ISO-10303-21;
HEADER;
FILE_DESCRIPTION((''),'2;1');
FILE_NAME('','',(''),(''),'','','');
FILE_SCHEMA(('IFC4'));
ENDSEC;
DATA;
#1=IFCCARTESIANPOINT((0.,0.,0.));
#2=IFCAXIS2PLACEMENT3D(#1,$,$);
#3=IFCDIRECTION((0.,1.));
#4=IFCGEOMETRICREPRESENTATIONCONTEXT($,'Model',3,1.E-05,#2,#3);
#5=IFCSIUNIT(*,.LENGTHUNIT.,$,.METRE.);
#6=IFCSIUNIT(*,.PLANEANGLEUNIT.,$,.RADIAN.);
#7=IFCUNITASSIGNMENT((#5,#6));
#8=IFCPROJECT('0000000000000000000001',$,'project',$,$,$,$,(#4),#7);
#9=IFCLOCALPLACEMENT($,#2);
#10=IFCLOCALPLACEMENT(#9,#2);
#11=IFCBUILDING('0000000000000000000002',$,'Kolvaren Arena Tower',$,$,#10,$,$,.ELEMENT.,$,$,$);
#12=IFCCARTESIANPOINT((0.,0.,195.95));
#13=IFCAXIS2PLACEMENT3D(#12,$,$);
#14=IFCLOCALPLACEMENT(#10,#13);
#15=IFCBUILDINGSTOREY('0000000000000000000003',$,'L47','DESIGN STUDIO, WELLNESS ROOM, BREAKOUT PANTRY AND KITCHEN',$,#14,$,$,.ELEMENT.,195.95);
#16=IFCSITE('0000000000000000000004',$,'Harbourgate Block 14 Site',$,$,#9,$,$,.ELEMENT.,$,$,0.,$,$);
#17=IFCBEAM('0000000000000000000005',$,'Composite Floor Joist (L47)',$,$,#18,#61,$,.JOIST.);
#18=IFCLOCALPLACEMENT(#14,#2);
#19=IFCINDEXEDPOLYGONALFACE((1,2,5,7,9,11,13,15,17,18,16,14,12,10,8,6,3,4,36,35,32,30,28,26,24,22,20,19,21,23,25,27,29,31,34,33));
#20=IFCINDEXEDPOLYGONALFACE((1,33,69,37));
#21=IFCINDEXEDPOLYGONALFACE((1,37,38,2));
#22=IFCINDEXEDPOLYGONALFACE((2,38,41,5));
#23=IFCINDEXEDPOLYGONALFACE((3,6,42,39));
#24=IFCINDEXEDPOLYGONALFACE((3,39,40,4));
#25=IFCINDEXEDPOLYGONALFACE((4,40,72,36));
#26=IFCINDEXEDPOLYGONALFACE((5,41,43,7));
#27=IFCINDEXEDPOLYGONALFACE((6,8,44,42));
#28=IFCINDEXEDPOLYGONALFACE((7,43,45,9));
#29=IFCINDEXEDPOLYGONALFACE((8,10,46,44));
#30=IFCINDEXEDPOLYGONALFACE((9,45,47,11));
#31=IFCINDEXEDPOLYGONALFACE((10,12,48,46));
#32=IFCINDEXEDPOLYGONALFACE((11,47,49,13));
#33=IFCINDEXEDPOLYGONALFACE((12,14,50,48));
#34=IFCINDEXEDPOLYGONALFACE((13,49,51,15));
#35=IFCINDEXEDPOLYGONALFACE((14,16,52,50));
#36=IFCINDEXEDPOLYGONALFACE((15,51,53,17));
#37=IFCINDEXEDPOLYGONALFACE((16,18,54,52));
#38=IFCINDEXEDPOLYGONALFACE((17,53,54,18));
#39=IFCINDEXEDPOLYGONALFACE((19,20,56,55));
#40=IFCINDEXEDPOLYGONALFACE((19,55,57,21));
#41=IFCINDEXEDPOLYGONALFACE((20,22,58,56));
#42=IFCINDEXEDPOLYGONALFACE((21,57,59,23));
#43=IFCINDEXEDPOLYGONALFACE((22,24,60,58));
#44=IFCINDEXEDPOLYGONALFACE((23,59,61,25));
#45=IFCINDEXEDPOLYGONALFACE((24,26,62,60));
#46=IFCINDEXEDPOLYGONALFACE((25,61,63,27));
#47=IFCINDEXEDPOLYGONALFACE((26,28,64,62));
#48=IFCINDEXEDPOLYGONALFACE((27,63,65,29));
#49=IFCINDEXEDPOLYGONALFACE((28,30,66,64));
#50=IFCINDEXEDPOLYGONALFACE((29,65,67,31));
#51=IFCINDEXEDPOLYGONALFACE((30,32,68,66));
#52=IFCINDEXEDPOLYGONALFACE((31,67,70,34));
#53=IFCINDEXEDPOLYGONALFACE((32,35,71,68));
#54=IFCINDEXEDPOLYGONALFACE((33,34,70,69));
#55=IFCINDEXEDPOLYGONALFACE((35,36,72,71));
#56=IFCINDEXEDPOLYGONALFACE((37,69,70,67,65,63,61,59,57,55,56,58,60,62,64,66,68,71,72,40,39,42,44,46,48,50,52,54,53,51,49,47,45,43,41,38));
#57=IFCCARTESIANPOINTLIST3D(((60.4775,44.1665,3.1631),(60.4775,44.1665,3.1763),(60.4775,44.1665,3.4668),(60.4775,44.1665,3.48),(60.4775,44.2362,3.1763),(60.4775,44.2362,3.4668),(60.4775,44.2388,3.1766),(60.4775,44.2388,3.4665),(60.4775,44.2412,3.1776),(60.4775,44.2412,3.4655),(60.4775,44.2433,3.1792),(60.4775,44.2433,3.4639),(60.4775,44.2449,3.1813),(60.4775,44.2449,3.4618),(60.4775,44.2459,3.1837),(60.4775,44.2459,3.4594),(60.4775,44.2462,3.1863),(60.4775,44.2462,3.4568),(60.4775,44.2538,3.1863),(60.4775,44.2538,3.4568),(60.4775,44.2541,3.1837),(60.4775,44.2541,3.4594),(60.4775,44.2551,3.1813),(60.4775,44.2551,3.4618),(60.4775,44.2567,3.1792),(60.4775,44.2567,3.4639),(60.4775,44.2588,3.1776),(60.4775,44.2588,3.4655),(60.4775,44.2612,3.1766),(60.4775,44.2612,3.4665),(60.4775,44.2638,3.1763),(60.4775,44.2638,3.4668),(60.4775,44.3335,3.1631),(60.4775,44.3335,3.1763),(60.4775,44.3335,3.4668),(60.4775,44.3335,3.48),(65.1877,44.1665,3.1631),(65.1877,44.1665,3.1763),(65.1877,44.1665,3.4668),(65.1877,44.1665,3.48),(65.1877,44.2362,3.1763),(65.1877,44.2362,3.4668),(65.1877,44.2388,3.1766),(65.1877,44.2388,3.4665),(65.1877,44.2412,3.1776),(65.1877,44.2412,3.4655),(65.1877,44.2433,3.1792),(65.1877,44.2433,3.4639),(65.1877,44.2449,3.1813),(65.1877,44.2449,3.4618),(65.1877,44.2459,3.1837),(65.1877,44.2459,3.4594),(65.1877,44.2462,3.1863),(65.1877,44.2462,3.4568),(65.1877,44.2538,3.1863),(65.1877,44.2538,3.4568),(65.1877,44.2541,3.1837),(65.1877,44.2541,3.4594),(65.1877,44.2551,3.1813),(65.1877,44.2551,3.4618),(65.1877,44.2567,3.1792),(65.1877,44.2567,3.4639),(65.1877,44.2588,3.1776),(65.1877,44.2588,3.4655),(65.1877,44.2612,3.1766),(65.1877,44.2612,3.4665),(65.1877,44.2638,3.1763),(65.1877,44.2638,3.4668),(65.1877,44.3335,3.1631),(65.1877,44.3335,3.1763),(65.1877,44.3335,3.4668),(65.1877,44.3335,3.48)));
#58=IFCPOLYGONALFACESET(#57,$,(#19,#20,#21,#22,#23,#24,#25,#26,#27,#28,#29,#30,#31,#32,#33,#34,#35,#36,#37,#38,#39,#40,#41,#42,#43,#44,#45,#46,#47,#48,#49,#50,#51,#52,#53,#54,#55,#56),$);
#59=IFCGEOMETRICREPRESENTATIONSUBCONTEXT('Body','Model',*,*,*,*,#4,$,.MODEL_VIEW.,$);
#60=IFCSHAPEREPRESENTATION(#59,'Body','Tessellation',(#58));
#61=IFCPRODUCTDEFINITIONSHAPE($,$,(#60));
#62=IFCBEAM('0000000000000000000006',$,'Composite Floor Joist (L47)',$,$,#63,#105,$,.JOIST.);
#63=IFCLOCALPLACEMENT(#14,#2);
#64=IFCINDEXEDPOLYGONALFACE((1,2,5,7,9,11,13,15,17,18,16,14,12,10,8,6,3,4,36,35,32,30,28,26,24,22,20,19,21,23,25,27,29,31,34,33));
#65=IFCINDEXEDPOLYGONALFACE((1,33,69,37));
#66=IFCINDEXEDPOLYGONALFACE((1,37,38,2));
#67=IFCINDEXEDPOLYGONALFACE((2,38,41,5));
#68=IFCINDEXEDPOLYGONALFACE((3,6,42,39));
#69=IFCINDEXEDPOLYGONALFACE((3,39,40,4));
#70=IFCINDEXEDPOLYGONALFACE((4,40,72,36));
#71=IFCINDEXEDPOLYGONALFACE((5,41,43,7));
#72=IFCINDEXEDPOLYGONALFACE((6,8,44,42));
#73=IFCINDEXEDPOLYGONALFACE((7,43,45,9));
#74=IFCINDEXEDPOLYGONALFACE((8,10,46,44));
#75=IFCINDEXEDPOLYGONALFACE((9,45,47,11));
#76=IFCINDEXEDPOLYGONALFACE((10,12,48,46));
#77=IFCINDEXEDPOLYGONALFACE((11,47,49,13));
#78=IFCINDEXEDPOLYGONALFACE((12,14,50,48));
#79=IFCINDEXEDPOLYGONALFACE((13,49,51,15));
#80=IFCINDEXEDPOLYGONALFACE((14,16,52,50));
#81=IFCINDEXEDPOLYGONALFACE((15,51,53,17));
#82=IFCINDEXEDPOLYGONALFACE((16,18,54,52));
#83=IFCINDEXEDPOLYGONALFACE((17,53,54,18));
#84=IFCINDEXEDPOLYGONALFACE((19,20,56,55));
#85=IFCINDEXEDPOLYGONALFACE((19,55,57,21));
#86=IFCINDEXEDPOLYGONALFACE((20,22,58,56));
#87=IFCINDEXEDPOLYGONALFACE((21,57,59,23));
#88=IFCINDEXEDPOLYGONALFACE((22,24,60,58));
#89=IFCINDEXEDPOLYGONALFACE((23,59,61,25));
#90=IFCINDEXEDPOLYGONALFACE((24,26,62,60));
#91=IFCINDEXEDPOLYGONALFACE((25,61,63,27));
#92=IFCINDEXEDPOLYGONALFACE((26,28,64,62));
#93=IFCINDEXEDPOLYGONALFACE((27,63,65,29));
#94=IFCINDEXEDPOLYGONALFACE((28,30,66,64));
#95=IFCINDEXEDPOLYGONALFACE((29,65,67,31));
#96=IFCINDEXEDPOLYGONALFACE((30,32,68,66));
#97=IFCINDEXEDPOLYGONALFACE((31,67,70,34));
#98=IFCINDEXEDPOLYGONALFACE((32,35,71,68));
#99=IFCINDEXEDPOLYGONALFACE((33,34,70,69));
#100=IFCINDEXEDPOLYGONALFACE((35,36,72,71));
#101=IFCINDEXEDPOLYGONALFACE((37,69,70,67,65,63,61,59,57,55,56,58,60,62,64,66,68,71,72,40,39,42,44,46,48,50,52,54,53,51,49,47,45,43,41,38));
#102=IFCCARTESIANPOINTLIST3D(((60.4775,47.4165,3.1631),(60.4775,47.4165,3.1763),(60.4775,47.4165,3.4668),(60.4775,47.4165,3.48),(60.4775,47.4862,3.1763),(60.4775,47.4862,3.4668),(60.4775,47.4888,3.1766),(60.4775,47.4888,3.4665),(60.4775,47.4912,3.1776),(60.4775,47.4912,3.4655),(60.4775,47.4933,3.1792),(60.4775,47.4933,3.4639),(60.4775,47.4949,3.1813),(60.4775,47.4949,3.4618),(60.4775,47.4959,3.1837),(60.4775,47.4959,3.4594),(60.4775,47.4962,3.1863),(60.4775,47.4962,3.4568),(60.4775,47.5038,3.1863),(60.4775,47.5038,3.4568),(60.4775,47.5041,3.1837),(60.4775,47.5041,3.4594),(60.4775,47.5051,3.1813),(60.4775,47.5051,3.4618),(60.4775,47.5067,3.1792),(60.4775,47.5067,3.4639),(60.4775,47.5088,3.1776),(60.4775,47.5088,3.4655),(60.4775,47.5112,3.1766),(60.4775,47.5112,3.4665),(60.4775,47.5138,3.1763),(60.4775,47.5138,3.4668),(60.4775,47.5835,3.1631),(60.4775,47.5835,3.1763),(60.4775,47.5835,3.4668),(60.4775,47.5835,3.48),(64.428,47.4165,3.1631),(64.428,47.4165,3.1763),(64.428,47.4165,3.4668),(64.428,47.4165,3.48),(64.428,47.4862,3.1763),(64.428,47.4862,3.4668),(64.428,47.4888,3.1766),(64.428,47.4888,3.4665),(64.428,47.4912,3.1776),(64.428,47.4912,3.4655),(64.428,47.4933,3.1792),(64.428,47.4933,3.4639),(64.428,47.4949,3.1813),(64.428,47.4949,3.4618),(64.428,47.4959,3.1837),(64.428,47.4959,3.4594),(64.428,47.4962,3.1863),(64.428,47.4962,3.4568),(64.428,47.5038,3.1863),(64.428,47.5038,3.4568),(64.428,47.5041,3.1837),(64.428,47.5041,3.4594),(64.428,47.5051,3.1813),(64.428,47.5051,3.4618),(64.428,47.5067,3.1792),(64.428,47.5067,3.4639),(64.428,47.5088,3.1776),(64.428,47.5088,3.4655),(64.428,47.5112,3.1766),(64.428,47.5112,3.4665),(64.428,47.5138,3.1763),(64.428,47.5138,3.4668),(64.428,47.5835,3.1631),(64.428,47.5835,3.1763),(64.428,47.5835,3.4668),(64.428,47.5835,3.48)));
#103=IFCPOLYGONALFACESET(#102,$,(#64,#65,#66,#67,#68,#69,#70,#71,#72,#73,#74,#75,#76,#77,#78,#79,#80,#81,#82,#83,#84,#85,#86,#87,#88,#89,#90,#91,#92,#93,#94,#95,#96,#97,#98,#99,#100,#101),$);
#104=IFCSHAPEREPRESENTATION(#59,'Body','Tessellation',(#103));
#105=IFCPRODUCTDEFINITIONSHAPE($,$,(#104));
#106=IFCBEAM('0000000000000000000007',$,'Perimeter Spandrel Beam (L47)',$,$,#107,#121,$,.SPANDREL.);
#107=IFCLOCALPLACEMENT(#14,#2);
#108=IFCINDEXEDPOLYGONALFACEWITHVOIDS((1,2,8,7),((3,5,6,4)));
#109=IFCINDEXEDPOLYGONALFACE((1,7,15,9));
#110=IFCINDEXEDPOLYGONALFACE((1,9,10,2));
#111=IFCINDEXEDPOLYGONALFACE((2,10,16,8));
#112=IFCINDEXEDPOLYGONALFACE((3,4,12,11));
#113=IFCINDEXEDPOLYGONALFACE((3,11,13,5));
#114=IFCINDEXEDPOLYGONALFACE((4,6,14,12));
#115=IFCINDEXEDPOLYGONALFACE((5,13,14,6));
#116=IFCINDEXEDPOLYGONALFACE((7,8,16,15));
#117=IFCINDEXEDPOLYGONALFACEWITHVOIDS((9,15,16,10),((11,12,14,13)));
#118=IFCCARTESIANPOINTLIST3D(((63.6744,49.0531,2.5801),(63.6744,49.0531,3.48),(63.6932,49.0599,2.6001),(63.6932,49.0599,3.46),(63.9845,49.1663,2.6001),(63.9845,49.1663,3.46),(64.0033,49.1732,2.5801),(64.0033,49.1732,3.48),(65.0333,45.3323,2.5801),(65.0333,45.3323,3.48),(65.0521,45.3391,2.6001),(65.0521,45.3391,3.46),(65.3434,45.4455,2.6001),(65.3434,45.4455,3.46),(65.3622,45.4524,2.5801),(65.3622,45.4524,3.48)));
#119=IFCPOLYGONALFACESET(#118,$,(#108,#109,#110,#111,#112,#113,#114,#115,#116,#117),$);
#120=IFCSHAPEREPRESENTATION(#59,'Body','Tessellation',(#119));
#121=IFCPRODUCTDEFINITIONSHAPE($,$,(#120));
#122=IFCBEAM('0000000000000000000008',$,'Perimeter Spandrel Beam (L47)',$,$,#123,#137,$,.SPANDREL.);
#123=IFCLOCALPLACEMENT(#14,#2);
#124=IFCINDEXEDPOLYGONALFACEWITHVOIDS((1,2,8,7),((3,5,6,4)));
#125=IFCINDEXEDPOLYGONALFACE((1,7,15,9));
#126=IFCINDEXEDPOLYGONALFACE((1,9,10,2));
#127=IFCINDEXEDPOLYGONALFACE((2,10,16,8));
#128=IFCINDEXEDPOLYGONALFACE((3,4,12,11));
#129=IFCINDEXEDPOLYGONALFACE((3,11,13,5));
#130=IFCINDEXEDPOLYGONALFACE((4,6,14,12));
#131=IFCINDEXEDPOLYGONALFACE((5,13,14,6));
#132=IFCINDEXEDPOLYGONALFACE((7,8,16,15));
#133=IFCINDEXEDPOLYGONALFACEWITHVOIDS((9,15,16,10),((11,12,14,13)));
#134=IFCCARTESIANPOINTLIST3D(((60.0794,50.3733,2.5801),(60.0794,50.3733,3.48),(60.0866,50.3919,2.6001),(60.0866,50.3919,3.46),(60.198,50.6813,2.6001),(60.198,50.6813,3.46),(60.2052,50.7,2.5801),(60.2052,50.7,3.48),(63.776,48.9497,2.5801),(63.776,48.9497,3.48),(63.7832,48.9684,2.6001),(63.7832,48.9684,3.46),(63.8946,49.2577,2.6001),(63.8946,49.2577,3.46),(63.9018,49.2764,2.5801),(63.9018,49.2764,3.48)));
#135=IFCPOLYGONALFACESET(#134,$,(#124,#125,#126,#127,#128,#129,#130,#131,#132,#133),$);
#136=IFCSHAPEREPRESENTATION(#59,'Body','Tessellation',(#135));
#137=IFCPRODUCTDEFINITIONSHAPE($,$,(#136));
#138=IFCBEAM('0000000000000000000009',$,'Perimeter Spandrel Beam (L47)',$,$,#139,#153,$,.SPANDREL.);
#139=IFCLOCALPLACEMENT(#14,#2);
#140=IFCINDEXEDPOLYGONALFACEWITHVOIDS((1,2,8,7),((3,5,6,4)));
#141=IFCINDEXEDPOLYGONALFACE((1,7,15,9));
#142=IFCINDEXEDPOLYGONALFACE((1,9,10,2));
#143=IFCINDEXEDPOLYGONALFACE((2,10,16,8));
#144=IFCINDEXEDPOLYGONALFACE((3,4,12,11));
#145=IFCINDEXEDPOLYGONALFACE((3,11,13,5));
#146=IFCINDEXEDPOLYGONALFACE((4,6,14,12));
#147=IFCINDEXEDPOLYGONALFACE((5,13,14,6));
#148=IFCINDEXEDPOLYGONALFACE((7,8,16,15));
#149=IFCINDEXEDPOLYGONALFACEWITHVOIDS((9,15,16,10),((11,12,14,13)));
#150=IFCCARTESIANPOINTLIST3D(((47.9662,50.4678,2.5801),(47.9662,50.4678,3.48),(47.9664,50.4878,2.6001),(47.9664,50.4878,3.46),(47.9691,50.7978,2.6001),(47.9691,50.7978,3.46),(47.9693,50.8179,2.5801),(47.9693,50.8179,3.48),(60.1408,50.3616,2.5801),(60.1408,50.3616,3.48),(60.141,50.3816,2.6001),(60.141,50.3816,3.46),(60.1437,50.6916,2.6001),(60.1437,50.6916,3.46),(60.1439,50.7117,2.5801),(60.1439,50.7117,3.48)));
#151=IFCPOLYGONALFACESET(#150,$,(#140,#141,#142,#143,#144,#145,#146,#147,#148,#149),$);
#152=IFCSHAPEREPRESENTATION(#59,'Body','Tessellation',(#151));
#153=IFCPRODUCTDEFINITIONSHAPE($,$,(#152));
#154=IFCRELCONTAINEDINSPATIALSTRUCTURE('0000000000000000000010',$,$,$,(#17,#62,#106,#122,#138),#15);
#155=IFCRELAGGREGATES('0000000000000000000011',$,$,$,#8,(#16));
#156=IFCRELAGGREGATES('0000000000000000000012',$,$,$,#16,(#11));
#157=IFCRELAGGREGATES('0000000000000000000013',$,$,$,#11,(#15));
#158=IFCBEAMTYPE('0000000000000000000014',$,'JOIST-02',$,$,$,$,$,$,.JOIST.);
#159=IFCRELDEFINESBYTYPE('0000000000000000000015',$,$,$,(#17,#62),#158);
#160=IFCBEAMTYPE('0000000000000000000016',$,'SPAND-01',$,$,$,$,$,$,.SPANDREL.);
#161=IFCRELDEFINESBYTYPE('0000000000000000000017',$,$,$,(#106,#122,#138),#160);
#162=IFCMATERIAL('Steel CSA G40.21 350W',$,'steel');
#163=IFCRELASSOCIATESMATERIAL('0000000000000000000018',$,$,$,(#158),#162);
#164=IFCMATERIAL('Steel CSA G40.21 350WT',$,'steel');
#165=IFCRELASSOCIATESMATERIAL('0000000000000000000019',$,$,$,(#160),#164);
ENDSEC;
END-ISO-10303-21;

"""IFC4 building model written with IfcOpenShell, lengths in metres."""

from ifc_helpers import new_model, si_unit, direction, frame, origin, origin_2d, place, context, subcontext, project, spatial, hollow_rectangle, i_section, extrude, material, material_profile, profile_set, type_object, element, save


model = new_model("IFC4")

# Units and contexts
model_context = context("Model", 3, precision=1e-05, world=origin(), true_north=direction((0.0, 1.0)))
body_context = subcontext(model_context, "Body", "Model", "MODEL_VIEW")
ifc_project = project(units=[si_unit("LENGTHUNIT", "METRE"), si_unit("PLANEANGLEUNIT", "RADIAN")], contexts=[model_context])

# Site, building, storey
site_placement = place(None, origin())
site = spatial("IfcSite", under=ifc_project, at=site_placement, Name="Harbourgate Block 14 Site", CompositionType="ELEMENT", RefElevation=0.0)
building_placement = place(site_placement, origin())
building = spatial("IfcBuilding", under=site, at=building_placement, Name="Kolvaren Arena Tower", CompositionType="ELEMENT")
storey_placement = place(building_placement, frame((0.0, 0.0, 195.95)))
storey = spatial("IfcBuildingStorey", under=building, at=storey_placement, Name="L47", Description="DESIGN STUDIO, WELLNESS ROOM, BREAKOUT PANTRY AND KITCHEN", CompositionType="ELEMENT", Elevation=195.95)

# Beams
ifc_material_1 = material(Name="Steel CSA G40.21 350W", Category="steel")
ifc_material_profile_1 = material_profile(ifc_material_1, i_section(OverallWidth=0.167, OverallDepth=0.3169, WebThickness=0.0076, FlangeThickness=0.0132, FilletRadius=0.01, at=origin_2d()), Name="W310x52")
ifc_profile_set_1 = profile_set([ifc_material_profile_1], Name="Steel CSA G40.21 350W")
beam_type_1 = type_object("IfcBeamType", Name="JOIST-02", PredefinedType="JOIST", material=ifc_profile_set_1)
beam_1_placement = place(storey_placement, frame((60.4775, 44.25, 3.3215), z_axis=(1.0, 0.0, 0.0), x_axis=(0.0, 1.0, 0.0)))
element("IfcBeam", 1, at=beam_1_placement, inside=storey, type_object=beam_type_1, Name="Composite Floor Joist (L47)", PredefinedType="JOIST", context=body_context, shape_type="SweptSolid", body=[
    extrude(i_section(OverallWidth=0.167, OverallDepth=0.3169, WebThickness=0.0076, FlangeThickness=0.0132, FilletRadius=0.01, at=origin_2d()), origin(), (0.0, 0.0, 1.0), 4.7102),
])
beam_2_placement = place(storey_placement, frame((60.4775, 47.5, 3.3215), z_axis=(1.0, 0.0, 0.0), x_axis=(0.0, 1.0, 0.0)))
element("IfcBeam", 2, at=beam_2_placement, inside=storey, type_object=beam_type_1, Name="Composite Floor Joist (L47)", PredefinedType="JOIST", context=body_context, shape_type="SweptSolid", body=[
    extrude(i_section(OverallWidth=0.167, OverallDepth=0.3169, WebThickness=0.0076, FlangeThickness=0.0132, FilletRadius=0.01, at=origin_2d()), origin(), (0.0, 0.0, 1.0), 3.9504),
])
ifc_material_2 = material(Name="Steel CSA G40.21 350WT", Category="steel")
ifc_material_profile_2 = material_profile(ifc_material_2, hollow_rectangle(XDim=0.3501, YDim=0.8999, WallThickness=0.02, at=origin_2d()), Name="HSS 900x350x20")
ifc_profile_set_2 = profile_set([ifc_material_profile_2], Name="Steel CSA G40.21 350WT")
beam_type_2 = type_object("IfcBeamType", Name="SPAND-01", PredefinedType="SPANDREL", material=ifc_profile_set_2)
for number, where, z_axis, x_axis, name in (
    (3, (65.1978, 45.3923, 3.03), (-0.343059, 0.939314, 0.0), (-0.939314, -0.343059, 0.0), "Perimeter Spandrel Beam (L47)"),
    (4, (63.8389, 49.113, 3.03), (-0.93319, 0.359384, 0.0), (-0.359384, -0.93319, 0.0), "Perimeter Spandrel Beam (L47)"),
):
    element("IfcBeam", number, at=place(storey_placement, frame(where, z_axis=z_axis, x_axis=x_axis)), inside=storey, type_object=beam_type_2, Name=name, PredefinedType="SPANDREL", context=body_context, shape_type="SweptSolid", body=[
        extrude(hollow_rectangle(XDim=0.3501, YDim=0.8999, WallThickness=0.02, at=origin_2d()), origin(), (0.0, 0.0, 1.0), 3.9612),
    ])
beam_3_placement = place(storey_placement, frame((60.1423, 50.5366, 3.03), z_axis=(-0.999962, 0.008723, 0.0), x_axis=(-0.008723, -0.999962, 0.0)))
element("IfcBeam", 5, at=beam_3_placement, inside=storey, type_object=beam_type_2, Name="Perimeter Spandrel Beam (L47)", PredefinedType="SPANDREL", context=body_context, shape_type="SweptSolid", body=[
    extrude(hollow_rectangle(XDim=0.3501, YDim=0.8999, WallThickness=0.02, at=origin_2d()), origin(), (0.0, 0.0, 1.0), 12.175),
])

save(model, "model.ifc")
